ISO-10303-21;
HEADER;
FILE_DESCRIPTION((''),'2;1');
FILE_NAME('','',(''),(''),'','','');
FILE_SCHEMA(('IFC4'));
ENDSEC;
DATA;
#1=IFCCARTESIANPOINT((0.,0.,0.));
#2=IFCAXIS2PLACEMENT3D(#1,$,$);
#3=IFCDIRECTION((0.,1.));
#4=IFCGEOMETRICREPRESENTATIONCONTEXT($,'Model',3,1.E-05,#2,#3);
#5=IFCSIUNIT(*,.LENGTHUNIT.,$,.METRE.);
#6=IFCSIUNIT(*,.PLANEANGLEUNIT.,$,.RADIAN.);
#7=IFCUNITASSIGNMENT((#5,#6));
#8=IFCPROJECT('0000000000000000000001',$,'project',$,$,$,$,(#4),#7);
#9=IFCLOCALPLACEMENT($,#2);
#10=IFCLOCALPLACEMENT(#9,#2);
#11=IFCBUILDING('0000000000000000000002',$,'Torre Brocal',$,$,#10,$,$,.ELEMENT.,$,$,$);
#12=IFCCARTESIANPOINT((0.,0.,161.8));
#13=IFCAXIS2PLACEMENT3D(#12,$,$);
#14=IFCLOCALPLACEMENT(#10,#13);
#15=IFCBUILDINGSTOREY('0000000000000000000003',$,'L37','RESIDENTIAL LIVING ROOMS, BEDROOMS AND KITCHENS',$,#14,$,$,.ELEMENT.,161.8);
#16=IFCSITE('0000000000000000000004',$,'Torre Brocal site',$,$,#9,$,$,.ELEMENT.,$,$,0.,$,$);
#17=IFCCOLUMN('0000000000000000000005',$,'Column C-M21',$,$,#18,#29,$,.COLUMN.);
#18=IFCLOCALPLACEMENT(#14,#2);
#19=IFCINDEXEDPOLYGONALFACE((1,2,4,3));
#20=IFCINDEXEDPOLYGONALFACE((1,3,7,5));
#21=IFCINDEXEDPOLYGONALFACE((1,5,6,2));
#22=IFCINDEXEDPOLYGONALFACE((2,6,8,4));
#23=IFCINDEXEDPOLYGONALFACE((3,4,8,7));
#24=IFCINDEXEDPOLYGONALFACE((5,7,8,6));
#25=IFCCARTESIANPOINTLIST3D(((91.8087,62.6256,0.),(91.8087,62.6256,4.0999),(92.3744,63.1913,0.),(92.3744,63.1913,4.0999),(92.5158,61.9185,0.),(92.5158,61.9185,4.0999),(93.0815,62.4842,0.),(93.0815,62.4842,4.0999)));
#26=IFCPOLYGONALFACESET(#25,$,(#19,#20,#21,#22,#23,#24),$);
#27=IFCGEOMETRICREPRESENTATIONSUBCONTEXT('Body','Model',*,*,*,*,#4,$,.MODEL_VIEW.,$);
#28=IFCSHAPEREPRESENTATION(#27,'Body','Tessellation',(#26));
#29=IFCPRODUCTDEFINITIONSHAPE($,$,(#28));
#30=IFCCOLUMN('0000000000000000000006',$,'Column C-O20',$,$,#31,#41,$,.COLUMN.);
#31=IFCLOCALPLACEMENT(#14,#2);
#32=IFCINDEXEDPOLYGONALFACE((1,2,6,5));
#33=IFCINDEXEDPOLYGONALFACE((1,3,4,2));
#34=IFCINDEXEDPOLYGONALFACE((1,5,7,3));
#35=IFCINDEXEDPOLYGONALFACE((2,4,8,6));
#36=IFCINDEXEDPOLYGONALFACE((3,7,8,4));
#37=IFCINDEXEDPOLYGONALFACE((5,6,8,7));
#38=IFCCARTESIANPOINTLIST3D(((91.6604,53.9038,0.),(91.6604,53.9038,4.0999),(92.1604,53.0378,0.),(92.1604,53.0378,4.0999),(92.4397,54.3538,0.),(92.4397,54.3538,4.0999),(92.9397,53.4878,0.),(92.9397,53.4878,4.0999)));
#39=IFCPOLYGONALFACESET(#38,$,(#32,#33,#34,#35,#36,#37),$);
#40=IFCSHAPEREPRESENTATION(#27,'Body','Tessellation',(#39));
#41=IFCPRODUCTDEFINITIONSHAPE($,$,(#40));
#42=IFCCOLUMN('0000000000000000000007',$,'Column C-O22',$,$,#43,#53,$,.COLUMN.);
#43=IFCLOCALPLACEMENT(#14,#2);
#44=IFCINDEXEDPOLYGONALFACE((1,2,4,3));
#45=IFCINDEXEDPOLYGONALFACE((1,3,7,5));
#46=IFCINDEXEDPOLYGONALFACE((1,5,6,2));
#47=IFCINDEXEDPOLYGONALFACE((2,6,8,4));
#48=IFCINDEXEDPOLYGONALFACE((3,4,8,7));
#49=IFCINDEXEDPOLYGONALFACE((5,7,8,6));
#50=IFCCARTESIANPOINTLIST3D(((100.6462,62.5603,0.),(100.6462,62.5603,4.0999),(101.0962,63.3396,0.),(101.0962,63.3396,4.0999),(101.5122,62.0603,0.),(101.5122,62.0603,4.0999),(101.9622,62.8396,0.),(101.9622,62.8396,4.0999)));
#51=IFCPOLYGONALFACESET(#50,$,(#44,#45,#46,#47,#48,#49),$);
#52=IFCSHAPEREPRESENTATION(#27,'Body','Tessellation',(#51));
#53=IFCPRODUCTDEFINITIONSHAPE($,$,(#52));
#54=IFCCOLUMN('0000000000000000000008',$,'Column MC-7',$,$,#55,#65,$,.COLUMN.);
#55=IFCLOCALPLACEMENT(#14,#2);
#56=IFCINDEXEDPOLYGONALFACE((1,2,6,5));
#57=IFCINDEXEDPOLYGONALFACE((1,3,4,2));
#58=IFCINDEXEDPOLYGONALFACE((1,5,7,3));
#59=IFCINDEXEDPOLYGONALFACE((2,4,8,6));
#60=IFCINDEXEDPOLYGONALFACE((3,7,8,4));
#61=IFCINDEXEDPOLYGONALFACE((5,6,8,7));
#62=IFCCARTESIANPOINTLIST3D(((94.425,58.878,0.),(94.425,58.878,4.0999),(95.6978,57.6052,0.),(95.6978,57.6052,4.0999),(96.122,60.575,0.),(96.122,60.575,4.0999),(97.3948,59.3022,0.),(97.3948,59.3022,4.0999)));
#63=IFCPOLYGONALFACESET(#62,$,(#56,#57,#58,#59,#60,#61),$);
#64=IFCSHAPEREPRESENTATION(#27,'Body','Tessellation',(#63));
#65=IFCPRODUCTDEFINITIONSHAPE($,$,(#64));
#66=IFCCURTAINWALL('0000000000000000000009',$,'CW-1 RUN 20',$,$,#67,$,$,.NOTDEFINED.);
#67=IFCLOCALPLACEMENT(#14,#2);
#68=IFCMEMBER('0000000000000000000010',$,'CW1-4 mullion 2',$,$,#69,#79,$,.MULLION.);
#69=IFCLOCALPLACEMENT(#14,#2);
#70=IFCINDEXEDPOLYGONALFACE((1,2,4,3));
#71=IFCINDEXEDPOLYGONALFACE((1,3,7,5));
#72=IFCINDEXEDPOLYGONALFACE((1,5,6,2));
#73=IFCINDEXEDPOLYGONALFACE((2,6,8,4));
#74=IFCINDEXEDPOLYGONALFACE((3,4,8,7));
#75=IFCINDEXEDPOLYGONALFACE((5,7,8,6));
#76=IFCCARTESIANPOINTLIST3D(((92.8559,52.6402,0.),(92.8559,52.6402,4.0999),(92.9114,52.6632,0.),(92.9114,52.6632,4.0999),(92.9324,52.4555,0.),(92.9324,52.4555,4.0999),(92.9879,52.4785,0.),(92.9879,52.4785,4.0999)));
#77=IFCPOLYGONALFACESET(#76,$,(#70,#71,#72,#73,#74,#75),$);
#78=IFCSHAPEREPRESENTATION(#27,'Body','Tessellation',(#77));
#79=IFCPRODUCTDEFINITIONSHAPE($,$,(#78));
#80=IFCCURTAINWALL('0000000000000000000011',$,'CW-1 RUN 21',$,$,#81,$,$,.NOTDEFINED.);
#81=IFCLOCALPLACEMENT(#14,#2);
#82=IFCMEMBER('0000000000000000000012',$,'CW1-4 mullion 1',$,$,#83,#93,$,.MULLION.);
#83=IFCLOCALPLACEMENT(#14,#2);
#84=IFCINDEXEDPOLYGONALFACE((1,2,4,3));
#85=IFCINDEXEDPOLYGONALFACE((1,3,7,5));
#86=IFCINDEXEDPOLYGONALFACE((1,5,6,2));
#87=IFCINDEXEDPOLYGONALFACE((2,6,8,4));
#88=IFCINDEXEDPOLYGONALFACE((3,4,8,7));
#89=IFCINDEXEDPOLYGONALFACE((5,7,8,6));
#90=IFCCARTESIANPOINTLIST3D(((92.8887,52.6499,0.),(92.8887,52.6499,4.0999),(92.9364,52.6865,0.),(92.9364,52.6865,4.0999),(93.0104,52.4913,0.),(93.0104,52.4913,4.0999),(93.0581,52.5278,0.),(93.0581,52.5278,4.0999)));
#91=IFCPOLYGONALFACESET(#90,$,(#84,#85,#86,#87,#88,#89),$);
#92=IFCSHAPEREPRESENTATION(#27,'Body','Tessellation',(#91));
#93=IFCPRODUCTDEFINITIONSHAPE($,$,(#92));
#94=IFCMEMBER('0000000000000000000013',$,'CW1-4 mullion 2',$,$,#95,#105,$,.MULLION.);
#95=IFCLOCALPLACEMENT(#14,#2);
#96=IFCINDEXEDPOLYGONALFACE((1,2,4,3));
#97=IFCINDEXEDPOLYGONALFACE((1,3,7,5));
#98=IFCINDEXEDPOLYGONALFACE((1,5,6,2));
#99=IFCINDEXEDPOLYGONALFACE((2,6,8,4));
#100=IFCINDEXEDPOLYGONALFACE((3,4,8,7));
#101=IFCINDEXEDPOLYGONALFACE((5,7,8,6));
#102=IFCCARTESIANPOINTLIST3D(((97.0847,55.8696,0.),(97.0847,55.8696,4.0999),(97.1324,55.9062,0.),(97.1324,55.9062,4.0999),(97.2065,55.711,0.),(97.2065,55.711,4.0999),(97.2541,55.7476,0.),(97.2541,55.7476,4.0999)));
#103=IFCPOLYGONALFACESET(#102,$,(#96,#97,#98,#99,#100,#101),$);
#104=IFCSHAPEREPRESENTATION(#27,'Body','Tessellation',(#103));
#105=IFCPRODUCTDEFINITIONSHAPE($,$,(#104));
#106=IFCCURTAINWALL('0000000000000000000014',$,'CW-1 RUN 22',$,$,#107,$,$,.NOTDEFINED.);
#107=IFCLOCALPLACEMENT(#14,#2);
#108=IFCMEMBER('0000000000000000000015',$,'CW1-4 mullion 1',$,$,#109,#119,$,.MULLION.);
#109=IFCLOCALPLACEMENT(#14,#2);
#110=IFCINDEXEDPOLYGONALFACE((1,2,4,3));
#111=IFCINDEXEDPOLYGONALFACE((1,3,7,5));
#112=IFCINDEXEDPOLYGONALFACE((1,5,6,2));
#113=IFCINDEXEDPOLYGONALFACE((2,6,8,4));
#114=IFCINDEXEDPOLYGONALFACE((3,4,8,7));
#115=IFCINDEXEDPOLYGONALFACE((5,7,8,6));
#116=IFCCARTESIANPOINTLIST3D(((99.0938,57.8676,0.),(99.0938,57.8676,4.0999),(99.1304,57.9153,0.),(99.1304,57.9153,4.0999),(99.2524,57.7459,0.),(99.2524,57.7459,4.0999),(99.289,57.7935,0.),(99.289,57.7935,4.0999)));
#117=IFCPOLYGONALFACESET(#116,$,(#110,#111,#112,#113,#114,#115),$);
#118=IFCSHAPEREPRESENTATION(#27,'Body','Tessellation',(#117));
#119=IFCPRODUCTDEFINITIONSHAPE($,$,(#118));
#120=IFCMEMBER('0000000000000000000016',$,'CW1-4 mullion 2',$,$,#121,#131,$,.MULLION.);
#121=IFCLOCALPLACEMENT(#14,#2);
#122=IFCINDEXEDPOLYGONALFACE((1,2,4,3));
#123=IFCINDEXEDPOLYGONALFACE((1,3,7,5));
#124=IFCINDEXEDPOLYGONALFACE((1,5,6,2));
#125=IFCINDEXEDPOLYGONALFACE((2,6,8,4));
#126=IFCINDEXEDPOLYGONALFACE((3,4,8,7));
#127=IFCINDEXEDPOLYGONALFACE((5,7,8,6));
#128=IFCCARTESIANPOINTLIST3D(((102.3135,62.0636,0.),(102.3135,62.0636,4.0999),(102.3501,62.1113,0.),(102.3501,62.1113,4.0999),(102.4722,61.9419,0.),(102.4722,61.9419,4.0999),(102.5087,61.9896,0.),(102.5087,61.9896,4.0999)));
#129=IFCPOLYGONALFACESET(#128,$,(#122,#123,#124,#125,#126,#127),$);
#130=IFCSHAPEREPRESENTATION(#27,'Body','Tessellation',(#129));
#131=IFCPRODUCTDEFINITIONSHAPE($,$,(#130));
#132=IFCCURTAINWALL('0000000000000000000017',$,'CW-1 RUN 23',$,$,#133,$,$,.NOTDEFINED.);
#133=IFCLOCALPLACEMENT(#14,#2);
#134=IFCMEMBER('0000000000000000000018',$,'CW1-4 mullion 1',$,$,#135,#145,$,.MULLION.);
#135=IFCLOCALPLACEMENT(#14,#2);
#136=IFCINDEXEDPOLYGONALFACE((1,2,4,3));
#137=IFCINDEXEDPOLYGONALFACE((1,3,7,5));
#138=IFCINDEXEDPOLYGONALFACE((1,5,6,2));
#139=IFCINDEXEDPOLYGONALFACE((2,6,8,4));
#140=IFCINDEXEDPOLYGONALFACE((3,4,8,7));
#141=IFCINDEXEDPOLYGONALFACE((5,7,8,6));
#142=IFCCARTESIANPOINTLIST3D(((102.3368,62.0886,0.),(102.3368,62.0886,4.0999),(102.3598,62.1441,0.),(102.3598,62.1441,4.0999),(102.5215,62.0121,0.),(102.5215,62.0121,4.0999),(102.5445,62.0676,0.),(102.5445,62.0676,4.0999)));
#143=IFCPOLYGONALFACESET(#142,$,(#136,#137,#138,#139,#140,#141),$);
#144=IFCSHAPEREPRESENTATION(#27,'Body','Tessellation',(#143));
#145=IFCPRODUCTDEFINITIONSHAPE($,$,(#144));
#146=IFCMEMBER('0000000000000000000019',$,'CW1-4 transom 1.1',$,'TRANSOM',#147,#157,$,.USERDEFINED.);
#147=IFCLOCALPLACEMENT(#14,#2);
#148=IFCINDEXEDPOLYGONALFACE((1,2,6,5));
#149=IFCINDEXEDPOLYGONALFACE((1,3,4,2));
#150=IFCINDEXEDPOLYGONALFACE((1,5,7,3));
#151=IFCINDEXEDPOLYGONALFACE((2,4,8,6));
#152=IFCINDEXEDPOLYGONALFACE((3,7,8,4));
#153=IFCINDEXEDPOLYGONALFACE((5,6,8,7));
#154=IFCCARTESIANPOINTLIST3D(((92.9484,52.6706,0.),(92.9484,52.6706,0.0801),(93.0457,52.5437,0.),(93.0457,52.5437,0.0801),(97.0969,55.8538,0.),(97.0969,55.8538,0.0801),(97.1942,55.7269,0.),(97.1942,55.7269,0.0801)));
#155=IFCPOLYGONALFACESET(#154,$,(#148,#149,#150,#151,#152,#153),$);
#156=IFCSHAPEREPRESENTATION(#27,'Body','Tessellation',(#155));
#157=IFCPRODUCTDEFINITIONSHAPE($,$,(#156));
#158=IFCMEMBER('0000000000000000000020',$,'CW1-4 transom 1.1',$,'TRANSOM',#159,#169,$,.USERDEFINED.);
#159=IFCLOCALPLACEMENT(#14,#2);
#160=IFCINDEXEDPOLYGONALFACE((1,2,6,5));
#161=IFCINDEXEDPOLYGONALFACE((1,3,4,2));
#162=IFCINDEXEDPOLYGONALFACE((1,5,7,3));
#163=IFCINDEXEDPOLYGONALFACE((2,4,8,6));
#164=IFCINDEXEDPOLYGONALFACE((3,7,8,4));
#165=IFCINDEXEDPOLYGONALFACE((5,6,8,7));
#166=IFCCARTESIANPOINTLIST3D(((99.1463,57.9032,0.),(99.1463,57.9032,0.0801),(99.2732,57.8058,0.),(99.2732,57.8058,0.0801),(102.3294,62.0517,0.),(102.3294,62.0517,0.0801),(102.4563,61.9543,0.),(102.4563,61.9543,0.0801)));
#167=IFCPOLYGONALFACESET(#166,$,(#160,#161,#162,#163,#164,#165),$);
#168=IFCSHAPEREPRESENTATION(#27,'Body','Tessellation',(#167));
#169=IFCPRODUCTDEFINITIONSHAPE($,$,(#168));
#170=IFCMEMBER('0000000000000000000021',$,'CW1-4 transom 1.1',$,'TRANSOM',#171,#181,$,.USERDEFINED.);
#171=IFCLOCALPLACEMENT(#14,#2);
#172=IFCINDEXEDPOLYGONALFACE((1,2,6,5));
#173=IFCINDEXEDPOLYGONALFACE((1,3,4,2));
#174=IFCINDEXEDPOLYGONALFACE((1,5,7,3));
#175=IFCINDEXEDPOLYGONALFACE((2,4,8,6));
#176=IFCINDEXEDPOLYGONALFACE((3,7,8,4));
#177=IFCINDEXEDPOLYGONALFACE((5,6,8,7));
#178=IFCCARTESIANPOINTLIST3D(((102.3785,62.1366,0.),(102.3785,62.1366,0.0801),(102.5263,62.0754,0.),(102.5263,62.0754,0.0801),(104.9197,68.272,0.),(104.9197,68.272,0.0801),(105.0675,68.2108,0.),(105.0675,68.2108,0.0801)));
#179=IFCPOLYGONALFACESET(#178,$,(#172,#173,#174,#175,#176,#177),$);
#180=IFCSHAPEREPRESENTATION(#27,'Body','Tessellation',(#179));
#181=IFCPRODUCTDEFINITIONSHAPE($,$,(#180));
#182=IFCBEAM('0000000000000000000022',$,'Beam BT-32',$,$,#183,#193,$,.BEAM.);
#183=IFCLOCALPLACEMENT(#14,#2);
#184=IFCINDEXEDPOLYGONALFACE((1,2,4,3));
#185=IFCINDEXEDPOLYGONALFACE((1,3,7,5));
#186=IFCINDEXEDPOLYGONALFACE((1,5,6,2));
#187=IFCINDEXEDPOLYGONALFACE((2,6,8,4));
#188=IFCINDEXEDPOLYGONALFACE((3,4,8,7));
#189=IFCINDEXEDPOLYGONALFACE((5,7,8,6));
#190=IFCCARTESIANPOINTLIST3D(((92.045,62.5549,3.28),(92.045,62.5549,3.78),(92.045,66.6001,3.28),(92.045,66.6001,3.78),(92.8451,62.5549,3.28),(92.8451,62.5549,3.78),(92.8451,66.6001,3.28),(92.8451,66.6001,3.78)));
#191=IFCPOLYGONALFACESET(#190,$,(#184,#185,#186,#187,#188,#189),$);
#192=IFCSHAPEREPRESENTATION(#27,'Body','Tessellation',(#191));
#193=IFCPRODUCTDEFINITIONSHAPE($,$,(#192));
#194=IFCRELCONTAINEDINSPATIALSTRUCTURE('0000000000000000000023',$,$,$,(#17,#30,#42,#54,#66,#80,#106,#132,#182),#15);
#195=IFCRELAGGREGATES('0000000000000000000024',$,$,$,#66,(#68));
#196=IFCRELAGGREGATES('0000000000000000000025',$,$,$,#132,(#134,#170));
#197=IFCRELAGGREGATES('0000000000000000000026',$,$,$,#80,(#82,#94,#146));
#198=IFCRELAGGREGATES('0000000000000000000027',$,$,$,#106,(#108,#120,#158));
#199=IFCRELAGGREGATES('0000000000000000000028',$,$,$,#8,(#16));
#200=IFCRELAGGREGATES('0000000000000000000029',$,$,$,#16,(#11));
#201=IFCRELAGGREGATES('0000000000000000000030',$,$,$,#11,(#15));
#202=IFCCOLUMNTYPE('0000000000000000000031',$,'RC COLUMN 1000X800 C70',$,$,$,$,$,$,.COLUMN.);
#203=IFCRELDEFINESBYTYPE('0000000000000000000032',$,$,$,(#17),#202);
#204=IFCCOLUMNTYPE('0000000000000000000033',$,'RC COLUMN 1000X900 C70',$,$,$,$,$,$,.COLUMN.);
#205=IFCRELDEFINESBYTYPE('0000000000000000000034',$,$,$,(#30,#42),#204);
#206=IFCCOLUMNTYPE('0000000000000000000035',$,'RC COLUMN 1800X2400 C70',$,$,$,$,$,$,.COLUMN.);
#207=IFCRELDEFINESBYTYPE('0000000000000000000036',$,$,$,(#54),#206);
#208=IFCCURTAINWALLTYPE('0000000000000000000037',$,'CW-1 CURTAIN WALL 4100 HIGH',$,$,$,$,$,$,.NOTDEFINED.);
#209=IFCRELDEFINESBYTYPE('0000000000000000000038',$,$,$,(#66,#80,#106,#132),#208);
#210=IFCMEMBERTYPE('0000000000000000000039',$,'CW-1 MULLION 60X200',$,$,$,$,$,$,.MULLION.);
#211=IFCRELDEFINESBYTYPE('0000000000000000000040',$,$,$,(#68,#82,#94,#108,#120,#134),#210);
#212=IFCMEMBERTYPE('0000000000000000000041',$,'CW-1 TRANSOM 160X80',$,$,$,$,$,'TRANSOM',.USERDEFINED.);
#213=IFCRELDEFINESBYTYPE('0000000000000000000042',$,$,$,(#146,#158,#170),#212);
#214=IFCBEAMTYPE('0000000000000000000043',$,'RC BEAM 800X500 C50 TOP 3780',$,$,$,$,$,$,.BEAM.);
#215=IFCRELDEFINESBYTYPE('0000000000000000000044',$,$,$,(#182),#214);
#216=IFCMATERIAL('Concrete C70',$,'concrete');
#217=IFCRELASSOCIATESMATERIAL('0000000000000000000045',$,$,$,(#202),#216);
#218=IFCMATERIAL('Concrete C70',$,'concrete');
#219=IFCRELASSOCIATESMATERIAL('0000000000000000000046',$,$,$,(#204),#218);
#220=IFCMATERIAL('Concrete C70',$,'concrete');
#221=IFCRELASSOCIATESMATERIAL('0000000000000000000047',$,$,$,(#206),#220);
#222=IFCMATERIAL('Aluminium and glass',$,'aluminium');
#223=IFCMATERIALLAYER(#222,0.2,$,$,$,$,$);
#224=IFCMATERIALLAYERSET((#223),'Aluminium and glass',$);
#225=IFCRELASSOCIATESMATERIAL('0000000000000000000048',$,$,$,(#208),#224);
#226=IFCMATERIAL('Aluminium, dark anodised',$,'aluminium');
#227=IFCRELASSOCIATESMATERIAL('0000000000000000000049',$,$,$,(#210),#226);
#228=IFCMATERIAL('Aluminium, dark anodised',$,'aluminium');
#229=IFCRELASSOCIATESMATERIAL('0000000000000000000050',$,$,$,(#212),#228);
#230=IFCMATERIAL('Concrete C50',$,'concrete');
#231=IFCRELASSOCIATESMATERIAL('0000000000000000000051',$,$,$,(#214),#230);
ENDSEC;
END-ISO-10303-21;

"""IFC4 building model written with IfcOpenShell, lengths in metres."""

from ifc_helpers import new_model, si_unit, direction, frame, origin, origin_2d, place, context, subcontext, project, spatial, rectangle, extrude, material, layer, layer_set, material_profile, profile_set, type_object, element, aggregate, save


model = new_model("IFC4")

# Units and contexts
model_context = context("Model", 3, precision=1e-05, world=origin(), true_north=direction((0.0, 1.0)))
body_context = subcontext(model_context, "Body", "Model", "MODEL_VIEW")
ifc_project = project(units=[si_unit("LENGTHUNIT", "METRE"), si_unit("PLANEANGLEUNIT", "RADIAN")], contexts=[model_context])

# Site, building, storey
site_placement = place(None, origin())
site = spatial("IfcSite", under=ifc_project, at=site_placement, Name="Torre Brocal site", CompositionType="ELEMENT", RefElevation=0.0)
building_placement = place(site_placement, origin())
building = spatial("IfcBuilding", under=site, at=building_placement, Name="Torre Brocal", CompositionType="ELEMENT")
storey_placement = place(building_placement, frame((0.0, 0.0, 161.8)))
storey = spatial("IfcBuildingStorey", under=building, at=storey_placement, Name="L37", Description="RESIDENTIAL LIVING ROOMS, BEDROOMS AND KITCHENS", CompositionType="ELEMENT", Elevation=161.8)

# Columns
ifc_material_1 = material(Name="Concrete C70", Category="concrete")
ifc_material_profile_1 = material_profile(ifc_material_1, rectangle(XDim=1.0, YDim=0.8, at=origin_2d()), Name="RC 1000X800")
ifc_profile_set_1 = profile_set([ifc_material_profile_1], Name="Concrete C70")
column_type_1 = type_object("IfcColumnType", Name="RC COLUMN 1000X800 C70", PredefinedType="COLUMN", material=ifc_profile_set_1)
column_1_placement = place(storey_placement, frame((92.4451, 62.5549, 0.0), z_axis=(0.0, 0.0, 1.0), x_axis=(0.707107, -0.707107, 0.0)))
element("IfcColumn", 1, at=column_1_placement, inside=storey, type_object=column_type_1, Name="Column C-M21", PredefinedType="COLUMN", context=body_context, shape_type="SweptSolid", body=[
    extrude(rectangle(XDim=1.0, YDim=0.8, at=origin_2d()), origin(), (0.0, 0.0, 1.0), 4.0999),
])
ifc_material_2 = material(Name="Concrete C70", Category="concrete")
ifc_material_profile_2 = material_profile(ifc_material_2, rectangle(XDim=1.0, YDim=0.8999, at=origin_2d()), Name="RC 1000X900")
ifc_profile_set_2 = profile_set([ifc_material_profile_2], Name="Concrete C70")
column_type_2 = type_object("IfcColumnType", Name="RC COLUMN 1000X900 C70", PredefinedType="COLUMN", material=ifc_profile_set_2)
for number, where, z_axis, x_axis, name in (
    (2, (92.3, 53.6958, 0.0), (0.0, 0.0, 1.0), (0.5, -0.866025, 0.0), "Column C-O20"),
    (3, (101.3042, 62.7, 0.0), (0.0, 0.0, 1.0), (0.866025, -0.5, 0.0), "Column C-O22"),
):
    element("IfcColumn", number, at=place(storey_placement, frame(where, z_axis=z_axis, x_axis=x_axis)), inside=storey, type_object=column_type_2, Name=name, PredefinedType="COLUMN", context=body_context, shape_type="SweptSolid", body=[
        extrude(rectangle(XDim=1.0, YDim=0.8999, at=origin_2d()), origin(), (0.0, 0.0, 1.0), 4.0999),
    ])
ifc_material_3 = material(Name="Concrete C70", Category="concrete")
ifc_material_profile_3 = material_profile(ifc_material_3, rectangle(XDim=1.8, YDim=2.3999, at=origin_2d()), Name="RC 1800X2400")
ifc_profile_set_3 = profile_set([ifc_material_profile_3], Name="Concrete C70")
column_type_3 = type_object("IfcColumnType", Name="RC COLUMN 1800X2400 C70", PredefinedType="COLUMN", material=ifc_profile_set_3)
column_2_placement = place(storey_placement, frame((95.9099, 59.0901, 0.0), z_axis=(0.0, 0.0, 1.0), x_axis=(0.707107, -0.707107, 0.0)))
element("IfcColumn", 4, at=column_2_placement, inside=storey, type_object=column_type_3, Name="Column MC-7", PredefinedType="COLUMN", context=body_context, shape_type="SweptSolid", body=[
    extrude(rectangle(XDim=1.8, YDim=2.3999, at=origin_2d()), origin(), (0.0, 0.0, 1.0), 4.0999),
])

# Curtain wall, member
ifc_material_4 = material(Name="Aluminium and glass", Category="aluminium")
ifc_layer_1 = layer(ifc_material_4, 0.2)
ifc_layer_set_1 = layer_set([ifc_layer_1], Name="Aluminium and glass")
curtain_wall_type = type_object("IfcCurtainWallType", Name="CW-1 CURTAIN WALL 4100 HIGH", PredefinedType="NOTDEFINED", material=ifc_layer_set_1)
curtain_wall_1_placement = place(storey_placement, origin())
curtain_wall_1 = element("IfcCurtainWall", 5, at=curtain_wall_1_placement, inside=storey, type_object=curtain_wall_type, Name="CW-1 RUN 20", PredefinedType="NOTDEFINED")
ifc_material_5 = material(Name="Aluminium, dark anodised", Category="aluminium")
ifc_material_profile_4 = material_profile(ifc_material_5, rectangle(XDim=0.2, YDim=0.0601, at=origin_2d()), Name="CW-1 MULLION 60X200")
ifc_profile_set_4 = profile_set([ifc_material_profile_4], Name="Aluminium, dark anodised")
member_type_1 = type_object("IfcMemberType", Name="CW-1 MULLION 60X200", PredefinedType="MULLION", material=ifc_profile_set_4)
member_1_placement = place(storey_placement, frame((92.9219, 52.5593, 0.0), z_axis=(0.0, 0.0, 1.0), x_axis=(-0.382683, 0.92388, 0.0)))
member_1 = element("IfcMember", 6, at=member_1_placement, type_object=member_type_1, Name="CW1-4 mullion 2", PredefinedType="MULLION", context=body_context, shape_type="SweptSolid", body=[
    extrude(rectangle(XDim=0.2, YDim=0.0601, at=origin_2d()), origin(), (0.0, 0.0, 1.0), 4.0999),
])
aggregate(curtain_wall_1, [member_1])

# Curtain walls, members
curtain_wall_2_placement = place(storey_placement, origin())
curtain_wall_2 = element("IfcCurtainWall", 7, at=curtain_wall_2_placement, inside=storey, type_object=curtain_wall_type, Name="CW-1 RUN 21", PredefinedType="NOTDEFINED")
member_2_placement = place(storey_placement, frame((92.9734, 52.5889, 0.0), z_axis=(0.0, 0.0, 1.0), x_axis=(-0.608761, 0.793353, 0.0)))
member_2 = element("IfcMember", 8, at=member_2_placement, type_object=member_type_1, Name="CW1-4 mullion 1", PredefinedType="MULLION", context=body_context, shape_type="SweptSolid", body=[
    extrude(rectangle(XDim=0.2, YDim=0.0601, at=origin_2d()), origin(), (0.0, 0.0, 1.0), 4.0999),
])
member_3_placement = place(storey_placement, frame((97.1694, 55.8086, 0.0), z_axis=(0.0, 0.0, 1.0), x_axis=(-0.608761, 0.793353, 0.0)))
member_3 = element("IfcMember", 9, at=member_3_placement, type_object=member_type_1, Name="CW1-4 mullion 2", PredefinedType="MULLION", context=body_context, shape_type="SweptSolid", body=[
    extrude(rectangle(XDim=0.2, YDim=0.0601, at=origin_2d()), origin(), (0.0, 0.0, 1.0), 4.0999),
])
curtain_wall_3_placement = place(storey_placement, origin())
curtain_wall_3 = element("IfcCurtainWall", 10, at=curtain_wall_3_placement, inside=storey, type_object=curtain_wall_type, Name="CW-1 RUN 22", PredefinedType="NOTDEFINED")
member_4_placement = place(storey_placement, frame((99.1914, 57.8306, 0.0), z_axis=(0.0, 0.0, 1.0), x_axis=(-0.793353, 0.608761, 0.0)))
member_4 = element("IfcMember", 11, at=member_4_placement, type_object=member_type_1, Name="CW1-4 mullion 1", PredefinedType="MULLION", context=body_context, shape_type="SweptSolid", body=[
    extrude(rectangle(XDim=0.2, YDim=0.0601, at=origin_2d()), origin(), (0.0, 0.0, 1.0), 4.0999),
])
member_5_placement = place(storey_placement, frame((102.4111, 62.0266, 0.0), z_axis=(0.0, 0.0, 1.0), x_axis=(-0.793353, 0.608761, 0.0)))
member_5 = element("IfcMember", 12, at=member_5_placement, type_object=member_type_1, Name="CW1-4 mullion 2", PredefinedType="MULLION", context=body_context, shape_type="SweptSolid", body=[
    extrude(rectangle(XDim=0.2, YDim=0.0601, at=origin_2d()), origin(), (0.0, 0.0, 1.0), 4.0999),
])

# Curtain wall, member
curtain_wall_4_placement = place(storey_placement, origin())
curtain_wall_4 = element("IfcCurtainWall", 13, at=curtain_wall_4_placement, inside=storey, type_object=curtain_wall_type, Name="CW-1 RUN 23", PredefinedType="NOTDEFINED")
member_6_placement = place(storey_placement, frame((102.4407, 62.0781, 0.0), z_axis=(0.0, 0.0, 1.0), x_axis=(-0.92388, 0.382683, 0.0)))
member_6 = element("IfcMember", 14, at=member_6_placement, type_object=member_type_1, Name="CW1-4 mullion 1", PredefinedType="MULLION", context=body_context, shape_type="SweptSolid", body=[
    extrude(rectangle(XDim=0.2, YDim=0.0601, at=origin_2d()), origin(), (0.0, 0.0, 1.0), 4.0999),
])

# Members
ifc_material_6 = material(Name="Aluminium, dark anodised", Category="aluminium")
ifc_material_profile_5 = material_profile(ifc_material_6, rectangle(XDim=0.1599, YDim=0.0801, at=origin_2d()), Name="CW-1 TRANSOM 160X80")
ifc_profile_set_5 = profile_set([ifc_material_profile_5], Name="Aluminium, dark anodised")
member_type_2 = type_object("IfcMemberType", Name="CW-1 TRANSOM 160X80", ElementType="TRANSOM", PredefinedType="USERDEFINED", material=ifc_profile_set_5)
member_7_placement = place(storey_placement, frame((92.9971, 52.6072, 0.04), z_axis=(0.793363, 0.608749, 0.0), x_axis=(-0.608749, 0.793363, 0.0)))
member_7 = element("IfcMember", 15, at=member_7_placement, type_object=member_type_2, Name="CW1-4 transom 1.1", ObjectType="TRANSOM", PredefinedType="USERDEFINED", context=body_context, shape_type="SweptSolid", body=[
    extrude(rectangle(XDim=0.1599, YDim=0.0801, at=origin_2d()), origin(), (0.0, 0.0, 1.0), 5.229),
])
member_8_placement = place(storey_placement, frame((99.2097, 57.8545, 0.04), z_axis=(0.608749, 0.793363, 0.0), x_axis=(-0.793363, 0.608749, 0.0)))
member_8 = element("IfcMember", 16, at=member_8_placement, type_object=member_type_2, Name="CW1-4 transom 1.1", ObjectType="TRANSOM", PredefinedType="USERDEFINED", context=body_context, shape_type="SweptSolid", body=[
    extrude(rectangle(XDim=0.1599, YDim=0.0801, at=origin_2d()), origin(), (0.0, 0.0, 1.0), 5.229),
])
member_9_placement = place(storey_placement, frame((102.4524, 62.106, 0.04), z_axis=(0.382665, 0.923887, 0.0), x_axis=(-0.923887, 0.382665, 0.0)))
member_9 = element("IfcMember", 17, at=member_9_placement, type_object=member_type_2, Name="CW1-4 transom 1.1", ObjectType="TRANSOM", PredefinedType="USERDEFINED", context=body_context, shape_type="SweptSolid", body=[
    extrude(rectangle(XDim=0.1599, YDim=0.0801, at=origin_2d()), origin(), (0.0, 0.0, 1.0), 6.6409),
])
aggregate(curtain_wall_4, [member_6, member_9])

# Beam
ifc_material_7 = material(Name="Concrete C50", Category="concrete")
ifc_material_profile_6 = material_profile(ifc_material_7, rectangle(XDim=0.8, YDim=0.5, at=origin_2d()), Name="RC 800X500")
ifc_profile_set_6 = profile_set([ifc_material_profile_6], Name="Concrete C50")
beam_type_1 = type_object("IfcBeamType", Name="RC BEAM 800X500 C50 TOP 3780", PredefinedType="BEAM", material=ifc_profile_set_6)
beam_placement = place(storey_placement, frame((92.4451, 62.5549, 3.53), z_axis=(0.0, 1.0, 0.0), x_axis=(-1.0, 0.0, 0.0)))
element("IfcBeam", 18, at=beam_placement, inside=storey, type_object=beam_type_1, Name="Beam BT-32", PredefinedType="BEAM", context=body_context, shape_type="SweptSolid", body=[
    extrude(rectangle(XDim=0.8, YDim=0.5, at=origin_2d()), origin(), (0.0, 0.0, 1.0), 4.0452),
])

aggregate(curtain_wall_2, [member_2, member_3, member_7])
aggregate(curtain_wall_3, [member_4, member_5, member_8])

save(model, "model.ifc")
